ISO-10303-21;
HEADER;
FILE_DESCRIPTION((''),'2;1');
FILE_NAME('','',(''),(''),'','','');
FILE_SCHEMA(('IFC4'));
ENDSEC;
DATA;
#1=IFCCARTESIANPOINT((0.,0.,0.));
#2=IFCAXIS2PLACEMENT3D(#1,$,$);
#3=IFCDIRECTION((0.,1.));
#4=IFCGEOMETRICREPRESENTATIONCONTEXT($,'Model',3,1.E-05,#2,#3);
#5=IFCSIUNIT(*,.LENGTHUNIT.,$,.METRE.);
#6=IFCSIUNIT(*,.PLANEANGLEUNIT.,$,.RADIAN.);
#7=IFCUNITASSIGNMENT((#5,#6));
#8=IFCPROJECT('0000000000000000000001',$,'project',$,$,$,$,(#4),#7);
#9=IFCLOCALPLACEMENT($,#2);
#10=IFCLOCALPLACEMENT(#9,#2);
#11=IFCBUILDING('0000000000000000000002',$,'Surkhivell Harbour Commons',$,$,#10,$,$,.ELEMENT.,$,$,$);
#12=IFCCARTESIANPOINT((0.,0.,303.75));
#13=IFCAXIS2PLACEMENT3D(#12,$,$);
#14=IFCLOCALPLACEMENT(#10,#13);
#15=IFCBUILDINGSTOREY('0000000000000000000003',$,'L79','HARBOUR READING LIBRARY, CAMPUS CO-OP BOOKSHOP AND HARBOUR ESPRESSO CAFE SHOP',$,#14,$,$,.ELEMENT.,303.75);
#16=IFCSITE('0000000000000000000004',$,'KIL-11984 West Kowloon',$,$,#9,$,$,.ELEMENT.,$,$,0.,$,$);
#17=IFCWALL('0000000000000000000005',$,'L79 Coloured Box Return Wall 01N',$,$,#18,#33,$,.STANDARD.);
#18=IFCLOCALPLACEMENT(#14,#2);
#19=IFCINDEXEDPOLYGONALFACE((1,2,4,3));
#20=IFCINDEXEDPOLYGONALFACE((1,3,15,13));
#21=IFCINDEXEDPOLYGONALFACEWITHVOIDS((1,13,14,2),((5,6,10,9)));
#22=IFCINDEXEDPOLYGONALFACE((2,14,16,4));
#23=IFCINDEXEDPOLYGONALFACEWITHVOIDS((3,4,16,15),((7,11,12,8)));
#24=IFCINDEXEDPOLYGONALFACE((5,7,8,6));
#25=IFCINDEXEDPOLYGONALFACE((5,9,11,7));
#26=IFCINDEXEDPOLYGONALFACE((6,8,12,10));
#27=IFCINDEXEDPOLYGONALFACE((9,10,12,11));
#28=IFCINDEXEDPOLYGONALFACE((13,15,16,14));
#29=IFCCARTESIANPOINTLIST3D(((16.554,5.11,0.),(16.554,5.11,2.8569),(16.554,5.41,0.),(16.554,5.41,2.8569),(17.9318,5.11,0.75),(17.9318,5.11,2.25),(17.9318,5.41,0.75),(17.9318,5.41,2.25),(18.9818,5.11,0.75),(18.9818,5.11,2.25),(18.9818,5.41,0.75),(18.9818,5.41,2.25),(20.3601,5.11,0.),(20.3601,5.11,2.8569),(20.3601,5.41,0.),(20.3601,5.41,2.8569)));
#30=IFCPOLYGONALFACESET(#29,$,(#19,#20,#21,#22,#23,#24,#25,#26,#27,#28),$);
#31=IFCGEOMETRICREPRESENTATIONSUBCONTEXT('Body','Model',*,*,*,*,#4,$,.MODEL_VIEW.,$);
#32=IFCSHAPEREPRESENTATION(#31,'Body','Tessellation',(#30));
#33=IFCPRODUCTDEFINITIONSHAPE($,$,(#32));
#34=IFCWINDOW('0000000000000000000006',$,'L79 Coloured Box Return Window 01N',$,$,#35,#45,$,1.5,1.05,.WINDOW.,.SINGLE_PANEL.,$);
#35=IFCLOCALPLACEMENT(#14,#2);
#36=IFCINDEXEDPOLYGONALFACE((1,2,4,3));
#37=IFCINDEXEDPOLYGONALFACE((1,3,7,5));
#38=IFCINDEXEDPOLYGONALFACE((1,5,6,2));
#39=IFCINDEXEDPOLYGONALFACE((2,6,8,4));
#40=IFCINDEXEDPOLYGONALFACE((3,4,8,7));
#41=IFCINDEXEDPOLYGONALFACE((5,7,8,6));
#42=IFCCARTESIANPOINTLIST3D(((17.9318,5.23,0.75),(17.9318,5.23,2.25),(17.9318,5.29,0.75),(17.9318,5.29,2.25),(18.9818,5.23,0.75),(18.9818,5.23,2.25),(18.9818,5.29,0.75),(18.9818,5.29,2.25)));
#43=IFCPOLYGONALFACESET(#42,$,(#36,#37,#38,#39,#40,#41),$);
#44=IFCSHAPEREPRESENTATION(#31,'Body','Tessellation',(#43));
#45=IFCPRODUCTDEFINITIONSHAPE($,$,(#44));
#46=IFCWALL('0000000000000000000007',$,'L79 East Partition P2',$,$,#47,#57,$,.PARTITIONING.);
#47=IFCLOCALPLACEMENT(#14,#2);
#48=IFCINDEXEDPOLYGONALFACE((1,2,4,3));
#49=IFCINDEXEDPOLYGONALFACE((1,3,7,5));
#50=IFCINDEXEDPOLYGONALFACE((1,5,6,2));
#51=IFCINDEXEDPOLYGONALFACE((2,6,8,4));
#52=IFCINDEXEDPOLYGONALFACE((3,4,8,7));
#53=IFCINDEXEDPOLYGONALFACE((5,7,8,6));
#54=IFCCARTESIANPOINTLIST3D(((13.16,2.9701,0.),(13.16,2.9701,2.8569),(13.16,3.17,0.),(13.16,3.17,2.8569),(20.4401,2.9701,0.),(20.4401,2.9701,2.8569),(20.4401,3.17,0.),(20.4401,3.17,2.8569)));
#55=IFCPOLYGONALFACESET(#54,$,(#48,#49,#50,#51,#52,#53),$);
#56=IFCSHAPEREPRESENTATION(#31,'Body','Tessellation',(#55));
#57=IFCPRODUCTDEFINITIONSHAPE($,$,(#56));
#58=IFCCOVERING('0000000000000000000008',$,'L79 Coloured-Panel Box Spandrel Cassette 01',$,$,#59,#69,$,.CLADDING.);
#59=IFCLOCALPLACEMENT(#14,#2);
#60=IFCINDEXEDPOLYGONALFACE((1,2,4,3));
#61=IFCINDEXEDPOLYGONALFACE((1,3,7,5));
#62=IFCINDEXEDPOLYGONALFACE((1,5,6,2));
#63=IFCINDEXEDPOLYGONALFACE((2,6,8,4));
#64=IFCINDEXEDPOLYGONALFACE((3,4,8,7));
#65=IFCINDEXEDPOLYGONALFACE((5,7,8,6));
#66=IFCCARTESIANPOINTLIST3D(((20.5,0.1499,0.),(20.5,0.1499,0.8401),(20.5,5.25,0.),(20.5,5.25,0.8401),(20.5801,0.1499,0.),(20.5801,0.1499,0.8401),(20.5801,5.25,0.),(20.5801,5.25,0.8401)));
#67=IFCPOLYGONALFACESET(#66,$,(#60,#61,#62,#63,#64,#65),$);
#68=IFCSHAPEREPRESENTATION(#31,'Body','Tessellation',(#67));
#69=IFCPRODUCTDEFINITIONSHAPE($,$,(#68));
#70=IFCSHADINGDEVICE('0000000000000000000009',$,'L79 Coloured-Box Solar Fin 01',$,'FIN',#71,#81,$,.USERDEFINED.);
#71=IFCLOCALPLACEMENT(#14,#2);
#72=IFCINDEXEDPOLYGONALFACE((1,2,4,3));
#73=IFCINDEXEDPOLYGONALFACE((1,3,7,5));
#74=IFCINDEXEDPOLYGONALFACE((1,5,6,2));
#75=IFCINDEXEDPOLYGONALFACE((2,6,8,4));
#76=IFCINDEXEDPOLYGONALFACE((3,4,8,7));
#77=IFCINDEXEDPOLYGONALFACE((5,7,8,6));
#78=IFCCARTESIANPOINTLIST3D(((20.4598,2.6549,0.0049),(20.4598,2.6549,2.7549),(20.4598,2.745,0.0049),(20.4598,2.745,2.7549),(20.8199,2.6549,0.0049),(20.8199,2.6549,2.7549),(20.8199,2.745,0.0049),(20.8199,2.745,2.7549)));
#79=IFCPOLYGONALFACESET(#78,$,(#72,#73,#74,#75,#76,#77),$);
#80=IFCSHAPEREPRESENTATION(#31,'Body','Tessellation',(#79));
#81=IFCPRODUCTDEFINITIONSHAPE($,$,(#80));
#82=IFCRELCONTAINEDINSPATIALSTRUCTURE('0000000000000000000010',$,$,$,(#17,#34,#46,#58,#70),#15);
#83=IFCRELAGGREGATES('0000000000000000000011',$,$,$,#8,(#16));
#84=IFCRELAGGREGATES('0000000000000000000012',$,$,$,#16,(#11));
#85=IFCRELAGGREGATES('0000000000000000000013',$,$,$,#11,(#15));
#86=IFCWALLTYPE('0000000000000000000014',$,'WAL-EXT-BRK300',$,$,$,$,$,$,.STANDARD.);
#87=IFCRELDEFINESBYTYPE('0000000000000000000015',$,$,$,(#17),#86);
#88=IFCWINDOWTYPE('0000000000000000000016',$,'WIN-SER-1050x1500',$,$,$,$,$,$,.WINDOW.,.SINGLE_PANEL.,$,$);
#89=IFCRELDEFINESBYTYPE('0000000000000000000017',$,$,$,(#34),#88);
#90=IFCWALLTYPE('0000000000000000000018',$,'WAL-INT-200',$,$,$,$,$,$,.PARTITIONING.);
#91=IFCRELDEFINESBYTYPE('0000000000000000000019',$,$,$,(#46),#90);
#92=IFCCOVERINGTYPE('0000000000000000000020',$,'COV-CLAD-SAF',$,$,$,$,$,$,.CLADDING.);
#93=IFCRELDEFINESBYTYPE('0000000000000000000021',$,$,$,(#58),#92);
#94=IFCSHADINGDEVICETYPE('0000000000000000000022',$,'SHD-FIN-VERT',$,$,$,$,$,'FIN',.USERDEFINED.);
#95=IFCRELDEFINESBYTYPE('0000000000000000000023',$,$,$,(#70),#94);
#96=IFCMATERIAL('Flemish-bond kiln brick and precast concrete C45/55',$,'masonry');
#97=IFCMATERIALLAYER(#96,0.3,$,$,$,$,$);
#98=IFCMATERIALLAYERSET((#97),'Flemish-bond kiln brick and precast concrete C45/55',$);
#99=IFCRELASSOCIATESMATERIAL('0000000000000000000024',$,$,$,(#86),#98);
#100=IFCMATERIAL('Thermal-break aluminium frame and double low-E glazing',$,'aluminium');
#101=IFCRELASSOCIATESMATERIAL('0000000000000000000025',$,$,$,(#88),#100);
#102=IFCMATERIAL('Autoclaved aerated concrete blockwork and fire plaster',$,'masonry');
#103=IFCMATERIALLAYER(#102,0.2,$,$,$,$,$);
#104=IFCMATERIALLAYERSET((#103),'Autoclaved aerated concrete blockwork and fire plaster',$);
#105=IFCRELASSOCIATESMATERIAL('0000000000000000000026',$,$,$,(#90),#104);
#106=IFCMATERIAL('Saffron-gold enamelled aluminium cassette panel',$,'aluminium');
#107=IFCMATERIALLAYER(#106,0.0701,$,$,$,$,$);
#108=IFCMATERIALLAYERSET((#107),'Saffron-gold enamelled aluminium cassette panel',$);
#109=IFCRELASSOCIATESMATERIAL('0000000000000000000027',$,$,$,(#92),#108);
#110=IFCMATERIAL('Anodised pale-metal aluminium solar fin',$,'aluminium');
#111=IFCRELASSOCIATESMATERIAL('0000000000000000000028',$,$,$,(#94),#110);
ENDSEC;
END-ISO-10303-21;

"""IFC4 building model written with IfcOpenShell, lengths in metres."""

from ifc_helpers import new_model, si_unit, direction, frame, frame_2d, origin, origin_2d, place, context, subcontext, project, spatial, rectangle, extrude, material, layer, layer_set, type_object, element, fill, save


model = new_model("IFC4")

# Units and contexts
model_context = context("Model", 3, precision=1e-05, world=origin(), true_north=direction((0.0, 1.0)))
body_context = subcontext(model_context, "Body", "Model", "MODEL_VIEW")
ifc_project = project(units=[si_unit("LENGTHUNIT", "METRE"), si_unit("PLANEANGLEUNIT", "RADIAN")], contexts=[model_context])

# Site, building, storey
site_placement = place(None, origin())
site = spatial("IfcSite", under=ifc_project, at=site_placement, Name="KIL-11984 West Kowloon", CompositionType="ELEMENT", RefElevation=0.0)
building_placement = place(site_placement, origin())
building = spatial("IfcBuilding", under=site, at=building_placement, Name="Surkhivell Harbour Commons", CompositionType="ELEMENT")
storey_placement = place(building_placement, frame((0.0, 0.0, 303.75)))
storey = spatial("IfcBuildingStorey", under=building, at=storey_placement, Name="L79", Description="HARBOUR READING LIBRARY, CAMPUS CO-OP BOOKSHOP AND HARBOUR ESPRESSO CAFE SHOP", CompositionType="ELEMENT", Elevation=303.75)

# Wall, opening, window
ifc_material_1 = material(Name="Flemish-bond kiln brick and precast concrete C45/55", Category="masonry")
ifc_layer_1 = layer(ifc_material_1, 0.3)
ifc_layer_set_1 = layer_set([ifc_layer_1], Name="Flemish-bond kiln brick and precast concrete C45/55")
wall_type_1 = type_object("IfcWallType", Name="WAL-EXT-BRK300", PredefinedType="STANDARD", material=ifc_layer_set_1)
ifc_material_2 = material(Name="Thermal-break aluminium frame and double low-E glazing", Category="aluminium")
window_type_1 = type_object("IfcWindowType", Name="WIN-SER-1050x1500", PartitioningType="SINGLE_PANEL", PredefinedType="WINDOW", material=ifc_material_2)
wall_1_placement = place(storey_placement, frame((16.554, 5.26, 0.0), z_axis=(0.0, 0.0, 1.0), x_axis=(1.0, 0.0, 0.0)))
wall_1 = element("IfcWall", 1, at=wall_1_placement, inside=storey, type_object=wall_type_1, Name="L79 Coloured Box Return Wall 01N", PredefinedType="STANDARD", context=body_context, shape_type="SweptSolid", body=[
    extrude(rectangle(XDim=3.8062, YDim=0.3, at=frame_2d((1.9031, 0.0))), origin(), (0.0, 0.0, 1.0), 2.8569),
])
opening_1_placement = place(wall_1_placement, frame((1.3779, 0.0, 0.75)))
opening_1 = element("IfcOpeningElement", 2, at=opening_1_placement, cuts=wall_1, PredefinedType="OPENING", context=body_context, shape_type="SweptSolid", body=[
    extrude(rectangle(XDim=1.05, YDim=1.5, at=frame_2d((0.5249, 0.75))), frame((0.0, 0.1599, 0.0), z_axis=(0.0, -1.0, 0.0), x_axis=(1.0, 0.0, 0.0)), (0.0, 0.0, 1.0), 0.3201),
])
window_1_placement = place(opening_1_placement, origin())
window_1 = element("IfcWindow", 3, at=window_1_placement, inside=storey, type_object=window_type_1, Name="L79 Coloured Box Return Window 01N", OverallHeight=1.5, OverallWidth=1.05, PartitioningType="SINGLE_PANEL", PredefinedType="WINDOW", context=body_context, shape_type="SweptSolid", body=[
    extrude(rectangle(XDim=1.05, YDim=1.5, at=frame_2d((0.5249, 0.75))), frame((0.0, 0.03, 0.0), z_axis=(0.0, -1.0, 0.0), x_axis=(1.0, 0.0, 0.0)), (0.0, 0.0, 1.0), 0.0601),
])
fill(opening_1, window_1)

# Wall
ifc_material_3 = material(Name="Autoclaved aerated concrete blockwork and fire plaster", Category="masonry")
ifc_layer_2 = layer(ifc_material_3, 0.2)
ifc_layer_set_2 = layer_set([ifc_layer_2], Name="Autoclaved aerated concrete blockwork and fire plaster")
wall_type_2 = type_object("IfcWallType", Name="WAL-INT-200", PredefinedType="PARTITIONING", material=ifc_layer_set_2)
wall_2_placement = place(storey_placement, frame((13.1599, 3.0701, 0.0), z_axis=(0.0, 0.0, 1.0), x_axis=(1.0, 0.0, 0.0)))
element("IfcWall", 4, at=wall_2_placement, inside=storey, type_object=wall_type_2, Name="L79 East Partition P2", PredefinedType="PARTITIONING", context=body_context, shape_type="SweptSolid", body=[
    extrude(rectangle(XDim=7.28, YDim=0.2, at=frame_2d((3.6401, 0.0))), origin(), (0.0, 0.0, 1.0), 2.8569),
])

# Covering
ifc_material_4 = material(Name="Saffron-gold enamelled aluminium cassette panel", Category="aluminium")
ifc_layer_3 = layer(ifc_material_4, 0.0701)
ifc_layer_set_3 = layer_set([ifc_layer_3], Name="Saffron-gold enamelled aluminium cassette panel")
covering_type = type_object("IfcCoveringType", Name="COV-CLAD-SAF", PredefinedType="CLADDING", material=ifc_layer_set_3)
covering_placement = place(storey_placement, frame((20.54, 2.7, 0.0), z_axis=(0.0, 0.0, 1.0), x_axis=(1.0, 0.0, 0.0)))
element("IfcCovering", 5, at=covering_placement, inside=storey, type_object=covering_type, Name="L79 Coloured-Panel Box Spandrel Cassette 01", PredefinedType="CLADDING", context=body_context, shape_type="SweptSolid", body=[
    extrude(rectangle(XDim=0.0801, YDim=5.1001, at=origin_2d()), origin(), (0.0, 0.0, 1.0), 0.8401),
])

# Shading device
ifc_material_5 = material(Name="Anodised pale-metal aluminium solar fin", Category="aluminium")
shading_device_type = type_object("IfcShadingDeviceType", Name="SHD-FIN-VERT", ElementType="FIN", PredefinedType="USERDEFINED", material=ifc_material_5)
shading_device_placement = place(storey_placement, frame((20.6399, 2.7, 0.0049), z_axis=(0.0, 0.0, 1.0), x_axis=(1.0, 0.0, 0.0)))
element("IfcShadingDevice", 6, at=shading_device_placement, inside=storey, type_object=shading_device_type, Name="L79 Coloured-Box Solar Fin 01", ObjectType="FIN", PredefinedType="USERDEFINED", context=body_context, shape_type="SweptSolid", body=[
    extrude(rectangle(XDim=0.3601, YDim=0.0901, at=origin_2d()), origin(), (0.0, 0.0, 1.0), 2.75),
])

save(model, "model.ifc")
